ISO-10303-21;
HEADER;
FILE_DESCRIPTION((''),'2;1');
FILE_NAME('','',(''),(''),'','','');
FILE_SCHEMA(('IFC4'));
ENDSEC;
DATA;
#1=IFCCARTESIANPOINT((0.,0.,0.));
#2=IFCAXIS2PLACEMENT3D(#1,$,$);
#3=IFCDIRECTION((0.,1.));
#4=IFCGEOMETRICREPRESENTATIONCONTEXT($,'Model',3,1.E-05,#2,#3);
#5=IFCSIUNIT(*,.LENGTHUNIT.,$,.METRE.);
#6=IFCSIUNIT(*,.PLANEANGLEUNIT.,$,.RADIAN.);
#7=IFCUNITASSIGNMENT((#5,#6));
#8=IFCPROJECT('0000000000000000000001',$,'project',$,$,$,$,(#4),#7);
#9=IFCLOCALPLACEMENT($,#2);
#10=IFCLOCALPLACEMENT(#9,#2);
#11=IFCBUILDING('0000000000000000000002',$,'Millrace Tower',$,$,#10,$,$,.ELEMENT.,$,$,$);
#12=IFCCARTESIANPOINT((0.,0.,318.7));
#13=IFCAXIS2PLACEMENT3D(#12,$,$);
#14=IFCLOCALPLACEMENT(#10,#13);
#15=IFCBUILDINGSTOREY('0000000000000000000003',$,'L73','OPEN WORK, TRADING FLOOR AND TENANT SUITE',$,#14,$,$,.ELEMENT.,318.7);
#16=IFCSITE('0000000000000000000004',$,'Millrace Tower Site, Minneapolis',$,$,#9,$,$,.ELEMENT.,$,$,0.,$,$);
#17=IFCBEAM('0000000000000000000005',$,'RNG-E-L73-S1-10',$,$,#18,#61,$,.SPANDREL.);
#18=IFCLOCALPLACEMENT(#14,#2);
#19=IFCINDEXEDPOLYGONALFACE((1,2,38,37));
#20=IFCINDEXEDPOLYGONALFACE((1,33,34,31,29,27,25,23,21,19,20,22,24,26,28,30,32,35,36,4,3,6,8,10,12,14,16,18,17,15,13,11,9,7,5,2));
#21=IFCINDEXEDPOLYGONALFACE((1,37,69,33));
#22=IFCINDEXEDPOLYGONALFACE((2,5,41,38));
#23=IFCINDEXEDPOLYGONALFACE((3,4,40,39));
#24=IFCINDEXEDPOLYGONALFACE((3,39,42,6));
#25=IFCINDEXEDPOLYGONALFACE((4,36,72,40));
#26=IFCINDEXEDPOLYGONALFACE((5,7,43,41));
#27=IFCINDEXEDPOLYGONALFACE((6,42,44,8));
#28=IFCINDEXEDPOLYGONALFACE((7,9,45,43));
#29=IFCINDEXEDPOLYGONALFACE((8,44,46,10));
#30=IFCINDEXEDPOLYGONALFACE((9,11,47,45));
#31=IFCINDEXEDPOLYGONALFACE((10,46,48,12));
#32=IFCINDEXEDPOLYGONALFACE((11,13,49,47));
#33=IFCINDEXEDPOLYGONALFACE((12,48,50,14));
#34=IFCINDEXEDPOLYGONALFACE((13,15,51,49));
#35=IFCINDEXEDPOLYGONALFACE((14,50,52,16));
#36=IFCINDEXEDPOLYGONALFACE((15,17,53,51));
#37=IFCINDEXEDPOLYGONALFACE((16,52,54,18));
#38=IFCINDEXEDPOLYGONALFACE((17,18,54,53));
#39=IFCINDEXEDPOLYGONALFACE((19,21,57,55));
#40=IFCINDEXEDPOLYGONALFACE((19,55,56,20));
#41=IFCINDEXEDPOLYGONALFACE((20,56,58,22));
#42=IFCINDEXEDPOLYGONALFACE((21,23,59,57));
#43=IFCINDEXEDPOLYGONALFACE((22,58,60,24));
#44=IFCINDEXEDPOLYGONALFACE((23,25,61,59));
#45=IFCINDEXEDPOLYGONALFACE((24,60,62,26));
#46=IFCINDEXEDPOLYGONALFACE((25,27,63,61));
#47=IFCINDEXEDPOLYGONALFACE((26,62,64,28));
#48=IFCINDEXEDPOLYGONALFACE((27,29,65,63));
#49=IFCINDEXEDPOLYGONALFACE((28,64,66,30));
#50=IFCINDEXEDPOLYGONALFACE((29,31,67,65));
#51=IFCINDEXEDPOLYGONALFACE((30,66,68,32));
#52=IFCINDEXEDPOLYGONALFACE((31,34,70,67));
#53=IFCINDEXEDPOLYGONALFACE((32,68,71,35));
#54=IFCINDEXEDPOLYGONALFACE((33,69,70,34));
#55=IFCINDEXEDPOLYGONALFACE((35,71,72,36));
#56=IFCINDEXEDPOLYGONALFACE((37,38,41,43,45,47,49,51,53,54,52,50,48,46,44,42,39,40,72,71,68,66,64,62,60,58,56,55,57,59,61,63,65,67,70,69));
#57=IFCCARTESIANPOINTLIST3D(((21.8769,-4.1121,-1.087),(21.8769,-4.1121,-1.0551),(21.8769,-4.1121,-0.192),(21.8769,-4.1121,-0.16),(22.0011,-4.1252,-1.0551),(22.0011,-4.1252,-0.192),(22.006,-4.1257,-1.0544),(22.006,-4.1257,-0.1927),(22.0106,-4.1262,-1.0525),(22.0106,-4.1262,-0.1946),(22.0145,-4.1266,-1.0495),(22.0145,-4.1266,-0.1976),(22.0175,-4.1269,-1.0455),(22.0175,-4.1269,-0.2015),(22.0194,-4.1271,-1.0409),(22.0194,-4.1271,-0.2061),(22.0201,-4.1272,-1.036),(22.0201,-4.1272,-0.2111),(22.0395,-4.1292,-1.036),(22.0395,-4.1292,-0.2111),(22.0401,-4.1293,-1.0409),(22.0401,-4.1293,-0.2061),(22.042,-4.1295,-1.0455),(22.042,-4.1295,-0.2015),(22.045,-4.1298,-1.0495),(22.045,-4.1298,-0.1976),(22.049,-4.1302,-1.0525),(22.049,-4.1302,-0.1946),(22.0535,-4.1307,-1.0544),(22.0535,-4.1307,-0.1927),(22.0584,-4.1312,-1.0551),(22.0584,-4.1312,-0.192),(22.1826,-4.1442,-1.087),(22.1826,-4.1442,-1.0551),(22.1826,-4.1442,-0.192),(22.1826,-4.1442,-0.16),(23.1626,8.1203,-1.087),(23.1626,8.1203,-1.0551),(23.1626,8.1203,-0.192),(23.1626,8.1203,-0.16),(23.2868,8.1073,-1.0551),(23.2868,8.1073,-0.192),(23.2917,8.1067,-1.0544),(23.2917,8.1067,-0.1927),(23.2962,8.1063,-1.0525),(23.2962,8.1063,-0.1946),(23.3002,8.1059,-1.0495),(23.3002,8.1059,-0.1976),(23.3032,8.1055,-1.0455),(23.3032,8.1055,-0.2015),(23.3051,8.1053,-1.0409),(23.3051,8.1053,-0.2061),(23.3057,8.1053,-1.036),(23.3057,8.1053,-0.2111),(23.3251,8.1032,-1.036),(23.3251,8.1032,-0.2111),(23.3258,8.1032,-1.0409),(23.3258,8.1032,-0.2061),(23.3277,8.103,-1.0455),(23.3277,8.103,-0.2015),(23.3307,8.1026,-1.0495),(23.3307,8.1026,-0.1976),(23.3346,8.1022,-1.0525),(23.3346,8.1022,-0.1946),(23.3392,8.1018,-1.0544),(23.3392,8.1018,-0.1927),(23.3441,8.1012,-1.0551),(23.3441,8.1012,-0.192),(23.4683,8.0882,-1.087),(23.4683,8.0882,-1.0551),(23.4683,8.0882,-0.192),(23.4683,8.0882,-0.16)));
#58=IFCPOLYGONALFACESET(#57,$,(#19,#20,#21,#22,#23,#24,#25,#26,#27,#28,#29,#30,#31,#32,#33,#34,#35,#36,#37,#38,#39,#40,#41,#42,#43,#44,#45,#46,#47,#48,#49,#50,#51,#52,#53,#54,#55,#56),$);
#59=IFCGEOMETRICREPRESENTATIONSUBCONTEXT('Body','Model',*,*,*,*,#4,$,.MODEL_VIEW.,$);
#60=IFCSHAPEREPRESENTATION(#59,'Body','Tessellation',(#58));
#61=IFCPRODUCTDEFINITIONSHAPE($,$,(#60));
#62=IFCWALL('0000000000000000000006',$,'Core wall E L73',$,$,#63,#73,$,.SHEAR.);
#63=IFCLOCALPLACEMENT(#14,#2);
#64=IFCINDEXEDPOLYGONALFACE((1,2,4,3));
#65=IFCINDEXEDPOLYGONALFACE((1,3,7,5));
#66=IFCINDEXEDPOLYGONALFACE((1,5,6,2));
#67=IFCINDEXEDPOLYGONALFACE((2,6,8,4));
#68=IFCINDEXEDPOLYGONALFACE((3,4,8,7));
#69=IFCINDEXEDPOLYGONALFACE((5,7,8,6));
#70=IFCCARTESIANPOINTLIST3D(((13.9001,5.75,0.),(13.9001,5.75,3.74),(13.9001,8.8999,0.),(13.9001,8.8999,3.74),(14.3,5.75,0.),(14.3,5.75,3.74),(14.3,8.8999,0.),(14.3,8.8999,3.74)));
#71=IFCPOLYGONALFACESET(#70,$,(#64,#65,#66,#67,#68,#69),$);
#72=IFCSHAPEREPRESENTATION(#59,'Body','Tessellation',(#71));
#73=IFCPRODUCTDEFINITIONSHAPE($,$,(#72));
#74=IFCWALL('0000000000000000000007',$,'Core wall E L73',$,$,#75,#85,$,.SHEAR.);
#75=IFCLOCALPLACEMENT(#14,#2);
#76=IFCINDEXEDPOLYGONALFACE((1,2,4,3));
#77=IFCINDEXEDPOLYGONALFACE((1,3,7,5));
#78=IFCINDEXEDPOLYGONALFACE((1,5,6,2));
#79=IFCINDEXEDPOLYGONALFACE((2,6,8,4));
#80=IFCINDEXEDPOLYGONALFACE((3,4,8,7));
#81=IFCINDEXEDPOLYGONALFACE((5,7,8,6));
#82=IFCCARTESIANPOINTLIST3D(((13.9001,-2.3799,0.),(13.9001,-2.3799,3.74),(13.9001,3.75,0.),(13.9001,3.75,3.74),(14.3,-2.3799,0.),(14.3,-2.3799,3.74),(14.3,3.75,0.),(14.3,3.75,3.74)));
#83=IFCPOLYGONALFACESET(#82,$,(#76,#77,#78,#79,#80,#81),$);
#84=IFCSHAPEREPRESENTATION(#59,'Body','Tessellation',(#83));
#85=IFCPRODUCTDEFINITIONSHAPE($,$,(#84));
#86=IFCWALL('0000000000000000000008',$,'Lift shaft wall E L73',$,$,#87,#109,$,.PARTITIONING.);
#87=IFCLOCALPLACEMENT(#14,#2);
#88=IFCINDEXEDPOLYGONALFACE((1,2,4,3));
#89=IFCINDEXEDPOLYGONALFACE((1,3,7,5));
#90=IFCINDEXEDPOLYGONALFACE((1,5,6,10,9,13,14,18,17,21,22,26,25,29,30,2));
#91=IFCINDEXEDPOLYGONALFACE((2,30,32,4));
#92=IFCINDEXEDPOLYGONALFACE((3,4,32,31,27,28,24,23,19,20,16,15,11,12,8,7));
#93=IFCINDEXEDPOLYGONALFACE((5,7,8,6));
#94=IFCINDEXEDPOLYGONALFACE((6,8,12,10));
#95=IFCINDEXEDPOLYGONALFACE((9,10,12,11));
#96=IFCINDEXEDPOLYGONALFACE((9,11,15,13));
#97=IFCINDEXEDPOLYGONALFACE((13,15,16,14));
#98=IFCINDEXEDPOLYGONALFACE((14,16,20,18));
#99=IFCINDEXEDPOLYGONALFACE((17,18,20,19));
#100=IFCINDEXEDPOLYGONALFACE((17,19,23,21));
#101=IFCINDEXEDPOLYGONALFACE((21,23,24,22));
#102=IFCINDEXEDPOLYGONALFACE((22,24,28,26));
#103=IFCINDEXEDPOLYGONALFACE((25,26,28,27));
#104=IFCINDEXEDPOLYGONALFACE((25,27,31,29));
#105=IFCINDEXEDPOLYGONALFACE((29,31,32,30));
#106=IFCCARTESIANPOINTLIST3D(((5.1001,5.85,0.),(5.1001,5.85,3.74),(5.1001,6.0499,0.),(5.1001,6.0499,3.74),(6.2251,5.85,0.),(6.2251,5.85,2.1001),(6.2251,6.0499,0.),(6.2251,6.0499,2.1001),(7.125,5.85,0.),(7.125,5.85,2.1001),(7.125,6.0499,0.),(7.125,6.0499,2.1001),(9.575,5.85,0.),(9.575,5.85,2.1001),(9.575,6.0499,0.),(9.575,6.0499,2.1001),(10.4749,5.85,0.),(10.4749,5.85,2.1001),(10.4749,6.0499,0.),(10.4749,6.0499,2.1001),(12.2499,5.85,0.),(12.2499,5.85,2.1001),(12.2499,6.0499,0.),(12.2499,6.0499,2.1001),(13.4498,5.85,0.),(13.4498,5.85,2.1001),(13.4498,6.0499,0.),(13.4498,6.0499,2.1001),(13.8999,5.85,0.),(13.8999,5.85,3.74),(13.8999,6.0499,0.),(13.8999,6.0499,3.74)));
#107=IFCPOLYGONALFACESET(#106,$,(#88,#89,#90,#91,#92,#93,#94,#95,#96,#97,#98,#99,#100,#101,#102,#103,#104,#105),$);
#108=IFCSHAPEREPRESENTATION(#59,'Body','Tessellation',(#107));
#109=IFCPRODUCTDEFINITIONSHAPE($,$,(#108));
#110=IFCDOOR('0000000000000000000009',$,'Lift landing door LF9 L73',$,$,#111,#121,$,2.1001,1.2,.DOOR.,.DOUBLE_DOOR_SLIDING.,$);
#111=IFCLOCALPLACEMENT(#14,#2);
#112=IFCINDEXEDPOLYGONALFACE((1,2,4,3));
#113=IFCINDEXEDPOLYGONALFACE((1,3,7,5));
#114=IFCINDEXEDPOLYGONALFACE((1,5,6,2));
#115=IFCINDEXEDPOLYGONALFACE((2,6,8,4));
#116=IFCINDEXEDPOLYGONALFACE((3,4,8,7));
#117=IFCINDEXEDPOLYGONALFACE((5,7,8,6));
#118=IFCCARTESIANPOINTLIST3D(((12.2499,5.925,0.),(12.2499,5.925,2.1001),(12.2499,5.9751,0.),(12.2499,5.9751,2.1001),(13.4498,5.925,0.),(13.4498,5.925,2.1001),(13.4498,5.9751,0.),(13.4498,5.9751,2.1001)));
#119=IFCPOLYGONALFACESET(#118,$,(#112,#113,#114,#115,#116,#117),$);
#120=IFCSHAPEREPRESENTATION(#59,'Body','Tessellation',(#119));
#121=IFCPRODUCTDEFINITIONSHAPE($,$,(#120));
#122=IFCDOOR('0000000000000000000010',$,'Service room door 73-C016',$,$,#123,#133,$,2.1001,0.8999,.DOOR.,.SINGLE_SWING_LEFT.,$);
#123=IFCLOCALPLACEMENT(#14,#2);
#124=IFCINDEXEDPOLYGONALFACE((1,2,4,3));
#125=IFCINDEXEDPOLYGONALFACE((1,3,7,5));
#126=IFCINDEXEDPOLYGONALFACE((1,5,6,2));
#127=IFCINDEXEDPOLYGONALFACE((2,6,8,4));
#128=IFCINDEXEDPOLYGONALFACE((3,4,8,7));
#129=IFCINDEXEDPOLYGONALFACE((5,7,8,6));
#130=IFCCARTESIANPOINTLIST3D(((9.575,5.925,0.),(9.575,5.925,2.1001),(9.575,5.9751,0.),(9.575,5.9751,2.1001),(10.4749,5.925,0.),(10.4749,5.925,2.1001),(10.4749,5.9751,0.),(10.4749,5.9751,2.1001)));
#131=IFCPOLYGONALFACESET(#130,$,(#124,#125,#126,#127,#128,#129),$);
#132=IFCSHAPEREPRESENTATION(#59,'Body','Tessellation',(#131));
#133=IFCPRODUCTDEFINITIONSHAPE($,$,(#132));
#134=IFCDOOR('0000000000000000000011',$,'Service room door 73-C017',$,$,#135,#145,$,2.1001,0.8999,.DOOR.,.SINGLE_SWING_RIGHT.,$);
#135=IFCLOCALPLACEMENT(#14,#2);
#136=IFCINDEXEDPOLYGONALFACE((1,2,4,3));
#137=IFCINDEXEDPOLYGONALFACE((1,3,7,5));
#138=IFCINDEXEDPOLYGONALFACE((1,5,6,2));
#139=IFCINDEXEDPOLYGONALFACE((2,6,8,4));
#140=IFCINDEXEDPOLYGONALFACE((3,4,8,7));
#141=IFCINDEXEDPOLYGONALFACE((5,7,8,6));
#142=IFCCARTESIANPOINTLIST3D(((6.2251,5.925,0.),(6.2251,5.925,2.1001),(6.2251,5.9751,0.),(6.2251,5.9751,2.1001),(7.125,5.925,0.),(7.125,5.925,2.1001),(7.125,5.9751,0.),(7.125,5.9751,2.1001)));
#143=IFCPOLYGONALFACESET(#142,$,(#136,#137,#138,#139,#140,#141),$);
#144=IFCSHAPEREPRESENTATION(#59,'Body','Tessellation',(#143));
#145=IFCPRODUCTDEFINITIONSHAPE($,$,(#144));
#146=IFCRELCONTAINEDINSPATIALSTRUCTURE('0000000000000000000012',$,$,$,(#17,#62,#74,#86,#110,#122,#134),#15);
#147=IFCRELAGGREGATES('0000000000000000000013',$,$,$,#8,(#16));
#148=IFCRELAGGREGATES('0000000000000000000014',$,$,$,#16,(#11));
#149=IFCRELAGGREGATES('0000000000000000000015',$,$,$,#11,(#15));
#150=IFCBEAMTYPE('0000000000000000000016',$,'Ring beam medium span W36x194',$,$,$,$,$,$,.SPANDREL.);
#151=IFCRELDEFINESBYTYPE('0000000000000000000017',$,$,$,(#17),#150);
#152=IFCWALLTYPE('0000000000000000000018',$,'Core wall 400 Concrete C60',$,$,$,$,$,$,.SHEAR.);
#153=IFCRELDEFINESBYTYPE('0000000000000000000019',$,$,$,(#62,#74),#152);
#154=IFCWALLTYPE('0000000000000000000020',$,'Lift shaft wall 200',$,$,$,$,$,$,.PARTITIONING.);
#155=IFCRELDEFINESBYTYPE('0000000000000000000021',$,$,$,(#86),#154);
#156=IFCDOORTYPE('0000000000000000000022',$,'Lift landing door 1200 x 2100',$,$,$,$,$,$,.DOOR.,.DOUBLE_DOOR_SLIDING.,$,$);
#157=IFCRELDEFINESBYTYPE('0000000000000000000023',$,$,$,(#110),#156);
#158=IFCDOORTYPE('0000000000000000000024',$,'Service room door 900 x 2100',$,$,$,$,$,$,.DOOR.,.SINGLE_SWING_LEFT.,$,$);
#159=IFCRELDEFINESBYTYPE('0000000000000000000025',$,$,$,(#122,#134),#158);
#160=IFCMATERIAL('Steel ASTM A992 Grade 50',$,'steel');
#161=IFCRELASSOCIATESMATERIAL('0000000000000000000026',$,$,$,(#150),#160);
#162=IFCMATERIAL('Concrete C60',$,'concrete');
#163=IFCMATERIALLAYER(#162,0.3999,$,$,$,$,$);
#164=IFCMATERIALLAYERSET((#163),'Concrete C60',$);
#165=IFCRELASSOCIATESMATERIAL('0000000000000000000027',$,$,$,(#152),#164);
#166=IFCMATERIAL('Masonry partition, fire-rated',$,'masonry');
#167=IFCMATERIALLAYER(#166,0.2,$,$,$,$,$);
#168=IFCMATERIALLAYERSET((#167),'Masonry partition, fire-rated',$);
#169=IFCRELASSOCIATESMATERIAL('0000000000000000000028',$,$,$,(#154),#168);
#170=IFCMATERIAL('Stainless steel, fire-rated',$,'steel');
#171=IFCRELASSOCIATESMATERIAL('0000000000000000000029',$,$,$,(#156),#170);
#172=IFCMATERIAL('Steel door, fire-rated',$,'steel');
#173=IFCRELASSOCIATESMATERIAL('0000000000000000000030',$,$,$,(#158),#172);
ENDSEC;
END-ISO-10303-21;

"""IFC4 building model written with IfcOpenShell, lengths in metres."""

from ifc_helpers import new_model, si_unit, direction, frame, frame_2d, origin, origin_2d, place, context, subcontext, project, spatial, rectangle, i_section, extrude, material, layer, layer_set, material_profile, profile_set, type_object, element, fill, save


model = new_model("IFC4")

# Units and contexts
model_context = context("Model", 3, precision=1e-05, world=origin(), true_north=direction((0.0, 1.0)))
body_context = subcontext(model_context, "Body", "Model", "MODEL_VIEW")
ifc_project = project(units=[si_unit("LENGTHUNIT", "METRE"), si_unit("PLANEANGLEUNIT", "RADIAN")], contexts=[model_context])

# Site, building, storey
site_placement = place(None, origin())
site = spatial("IfcSite", under=ifc_project, at=site_placement, Name="Millrace Tower Site, Minneapolis", CompositionType="ELEMENT", RefElevation=0.0)
building_placement = place(site_placement, origin())
building = spatial("IfcBuilding", under=site, at=building_placement, Name="Millrace Tower", CompositionType="ELEMENT")
storey_placement = place(building_placement, frame((0.0, 0.0, 318.7)))
storey = spatial("IfcBuildingStorey", under=building, at=storey_placement, Name="L73", Description="OPEN WORK, TRADING FLOOR AND TENANT SUITE", CompositionType="ELEMENT", Elevation=318.7)

# Beam
ifc_material_1 = material(Name="Steel ASTM A992 Grade 50", Category="steel")
ifc_material_profile_1 = material_profile(ifc_material_1, i_section(OverallWidth=0.3074, OverallDepth=0.927, WebThickness=0.0195, FlangeThickness=0.032, FilletRadius=0.019, at=origin_2d()))
ifc_profile_set_1 = profile_set([ifc_material_profile_1], Name="Steel ASTM A992 Grade 50")
beam_type_1 = type_object("IfcBeamType", Name="Ring beam medium span W36x194", PredefinedType="SPANDREL", material=ifc_profile_set_1)
beam_1_placement = place(storey_placement, frame((23.3154, 8.1042, -0.6235), z_axis=(-0.104526, -0.994522, 0.0), x_axis=(0.994522, -0.104526, 0.0)))
element("IfcBeam", 1, at=beam_1_placement, inside=storey, type_object=beam_type_1, Name="RNG-E-L73-S1-10", PredefinedType="SPANDREL", context=body_context, shape_type="SweptSolid", body=[
    extrude(i_section(OverallWidth=0.3074, OverallDepth=0.927, WebThickness=0.0195, FlangeThickness=0.032, FilletRadius=0.019, at=origin_2d()), origin(), (0.0, 0.0, 1.0), 12.2998),
])

# Walls
ifc_material_2 = material(Name="Concrete C60", Category="concrete")
ifc_layer_1 = layer(ifc_material_2, 0.3999)
ifc_layer_set_1 = layer_set([ifc_layer_1], Name="Concrete C60")
wall_type_1 = type_object("IfcWallType", Name="Core wall 400 Concrete C60", PredefinedType="SHEAR", material=ifc_layer_set_1)
wall_1_placement = place(storey_placement, frame((14.1001, 8.8999, 0.0), z_axis=(0.0, 0.0, 1.0), x_axis=(0.0, -1.0, 0.0)))
element("IfcWall", 2, at=wall_1_placement, inside=storey, type_object=wall_type_1, Name="Core wall E L73", PredefinedType="SHEAR", context=body_context, shape_type="SweptSolid", body=[
    extrude(rectangle(XDim=3.1499, YDim=0.3999, at=frame_2d((1.575, 0.0))), origin(), (0.0, 0.0, 1.0), 3.74),
])
wall_2_placement = place(storey_placement, frame((14.1001, 3.75, 0.0), z_axis=(0.0, 0.0, 1.0), x_axis=(0.0, -1.0, 0.0)))
element("IfcWall", 3, at=wall_2_placement, inside=storey, type_object=wall_type_1, Name="Core wall E L73", PredefinedType="SHEAR", context=body_context, shape_type="SweptSolid", body=[
    extrude(rectangle(XDim=6.1299, YDim=0.3999, at=frame_2d((3.0649, 0.0))), origin(), (0.0, 0.0, 1.0), 3.74),
])

# Wall, openings, doors
ifc_material_3 = material(Name="Masonry partition, fire-rated", Category="masonry")
ifc_layer_2 = layer(ifc_material_3, 0.2)
ifc_layer_set_2 = layer_set([ifc_layer_2], Name="Masonry partition, fire-rated")
wall_type_2 = type_object("IfcWallType", Name="Lift shaft wall 200", PredefinedType="PARTITIONING", material=ifc_layer_set_2)
wall_3_placement = place(storey_placement, frame((13.8999, 5.95, 0.0), z_axis=(0.0, 0.0, 1.0), x_axis=(-1.0, 0.0, 0.0)))
wall_3 = element("IfcWall", 4, at=wall_3_placement, inside=storey, type_object=wall_type_2, Name="Lift shaft wall E L73", PredefinedType="PARTITIONING", context=body_context, shape_type="SweptSolid", body=[
    extrude(rectangle(XDim=8.7998, YDim=0.2, at=frame_2d((4.3999, 0.0))), origin(), (0.0, 0.0, 1.0), 3.74),
])
opening_1_placement = place(wall_3_placement, frame((0.45, 0.0, 0.0)))
opening_1 = element("IfcOpeningElement", 5, at=opening_1_placement, cuts=wall_3, PredefinedType="OPENING", context=body_context, shape_type="SweptSolid", body=[
    extrude(rectangle(XDim=1.2, YDim=2.1001, at=frame_2d((0.6001, 1.05))), frame((0.0, 0.1099, 0.0), z_axis=(0.0, -1.0, 0.0), x_axis=(1.0, 0.0, 0.0)), (0.0, 0.0, 1.0), 0.22),
])
opening_2_placement = place(wall_3_placement, frame((3.425, 0.0, 0.0)))
opening_2 = element("IfcOpeningElement", 6, at=opening_2_placement, cuts=wall_3, PredefinedType="OPENING", context=body_context, shape_type="SweptSolid", body=[
    extrude(rectangle(XDim=0.8999, YDim=2.1001, at=frame_2d((0.45, 1.05))), frame((0.0, 0.1099, 0.0), z_axis=(0.0, -1.0, 0.0), x_axis=(1.0, 0.0, 0.0)), (0.0, 0.0, 1.0), 0.22),
])
opening_3_placement = place(wall_3_placement, frame((6.7749, 0.0, 0.0)))
opening_3 = element("IfcOpeningElement", 7, at=opening_3_placement, cuts=wall_3, PredefinedType="OPENING", context=body_context, shape_type="SweptSolid", body=[
    extrude(rectangle(XDim=0.8999, YDim=2.1001, at=frame_2d((0.45, 1.05))), frame((0.0, 0.1099, 0.0), z_axis=(0.0, -1.0, 0.0), x_axis=(1.0, 0.0, 0.0)), (0.0, 0.0, 1.0), 0.22),
])
ifc_material_4 = material(Name="Stainless steel, fire-rated", Category="steel")
door_type_1 = type_object("IfcDoorType", Name="Lift landing door 1200 x 2100", OperationType="DOUBLE_DOOR_SLIDING", PredefinedType="DOOR", material=ifc_material_4)
door_1_placement = place(opening_1_placement, origin())
door_1 = element("IfcDoor", 8, at=door_1_placement, inside=storey, type_object=door_type_1, Name="Lift landing door LF9 L73", OperationType="DOUBLE_DOOR_SLIDING", OverallHeight=2.1001, OverallWidth=1.2, PredefinedType="DOOR", context=body_context, shape_type="SweptSolid", body=[
    extrude(rectangle(XDim=1.2, YDim=2.1001, at=frame_2d((0.6001, 1.05))), frame((0.0, 0.0249, 0.0), z_axis=(0.0, -1.0, 0.0), x_axis=(1.0, 0.0, 0.0)), (0.0, 0.0, 1.0), 0.05),
])
fill(opening_1, door_1)
ifc_material_5 = material(Name="Steel door, fire-rated", Category="steel")
door_type_2 = type_object("IfcDoorType", Name="Service room door 900 x 2100", OperationType="SINGLE_SWING_LEFT", PredefinedType="DOOR", material=ifc_material_5)
door_2_placement = place(opening_2_placement, origin())
door_2 = element("IfcDoor", 9, at=door_2_placement, inside=storey, type_object=door_type_2, Name="Service room door 73-C016", OperationType="SINGLE_SWING_LEFT", OverallHeight=2.1001, OverallWidth=0.8999, PredefinedType="DOOR", context=body_context, shape_type="SweptSolid", body=[
    extrude(rectangle(XDim=0.8999, YDim=2.1001, at=frame_2d((0.45, 1.05))), frame((0.0, 0.0249, 0.0), z_axis=(0.0, -1.0, 0.0), x_axis=(1.0, 0.0, 0.0)), (0.0, 0.0, 1.0), 0.05),
])
fill(opening_2, door_2)
door_3_placement = place(opening_3_placement, origin())
door_3 = element("IfcDoor", 10, at=door_3_placement, inside=storey, type_object=door_type_2, Name="Service room door 73-C017", OperationType="SINGLE_SWING_RIGHT", OverallHeight=2.1001, OverallWidth=0.8999, PredefinedType="DOOR", context=body_context, shape_type="SweptSolid", body=[
    extrude(rectangle(XDim=0.8999, YDim=2.1001, at=frame_2d((0.45, 1.05))), frame((0.0, 0.0249, 0.0), z_axis=(0.0, -1.0, 0.0), x_axis=(1.0, 0.0, 0.0)), (0.0, 0.0, 1.0), 0.05),
])
fill(opening_3, door_3)

save(model, "model.ifc")
